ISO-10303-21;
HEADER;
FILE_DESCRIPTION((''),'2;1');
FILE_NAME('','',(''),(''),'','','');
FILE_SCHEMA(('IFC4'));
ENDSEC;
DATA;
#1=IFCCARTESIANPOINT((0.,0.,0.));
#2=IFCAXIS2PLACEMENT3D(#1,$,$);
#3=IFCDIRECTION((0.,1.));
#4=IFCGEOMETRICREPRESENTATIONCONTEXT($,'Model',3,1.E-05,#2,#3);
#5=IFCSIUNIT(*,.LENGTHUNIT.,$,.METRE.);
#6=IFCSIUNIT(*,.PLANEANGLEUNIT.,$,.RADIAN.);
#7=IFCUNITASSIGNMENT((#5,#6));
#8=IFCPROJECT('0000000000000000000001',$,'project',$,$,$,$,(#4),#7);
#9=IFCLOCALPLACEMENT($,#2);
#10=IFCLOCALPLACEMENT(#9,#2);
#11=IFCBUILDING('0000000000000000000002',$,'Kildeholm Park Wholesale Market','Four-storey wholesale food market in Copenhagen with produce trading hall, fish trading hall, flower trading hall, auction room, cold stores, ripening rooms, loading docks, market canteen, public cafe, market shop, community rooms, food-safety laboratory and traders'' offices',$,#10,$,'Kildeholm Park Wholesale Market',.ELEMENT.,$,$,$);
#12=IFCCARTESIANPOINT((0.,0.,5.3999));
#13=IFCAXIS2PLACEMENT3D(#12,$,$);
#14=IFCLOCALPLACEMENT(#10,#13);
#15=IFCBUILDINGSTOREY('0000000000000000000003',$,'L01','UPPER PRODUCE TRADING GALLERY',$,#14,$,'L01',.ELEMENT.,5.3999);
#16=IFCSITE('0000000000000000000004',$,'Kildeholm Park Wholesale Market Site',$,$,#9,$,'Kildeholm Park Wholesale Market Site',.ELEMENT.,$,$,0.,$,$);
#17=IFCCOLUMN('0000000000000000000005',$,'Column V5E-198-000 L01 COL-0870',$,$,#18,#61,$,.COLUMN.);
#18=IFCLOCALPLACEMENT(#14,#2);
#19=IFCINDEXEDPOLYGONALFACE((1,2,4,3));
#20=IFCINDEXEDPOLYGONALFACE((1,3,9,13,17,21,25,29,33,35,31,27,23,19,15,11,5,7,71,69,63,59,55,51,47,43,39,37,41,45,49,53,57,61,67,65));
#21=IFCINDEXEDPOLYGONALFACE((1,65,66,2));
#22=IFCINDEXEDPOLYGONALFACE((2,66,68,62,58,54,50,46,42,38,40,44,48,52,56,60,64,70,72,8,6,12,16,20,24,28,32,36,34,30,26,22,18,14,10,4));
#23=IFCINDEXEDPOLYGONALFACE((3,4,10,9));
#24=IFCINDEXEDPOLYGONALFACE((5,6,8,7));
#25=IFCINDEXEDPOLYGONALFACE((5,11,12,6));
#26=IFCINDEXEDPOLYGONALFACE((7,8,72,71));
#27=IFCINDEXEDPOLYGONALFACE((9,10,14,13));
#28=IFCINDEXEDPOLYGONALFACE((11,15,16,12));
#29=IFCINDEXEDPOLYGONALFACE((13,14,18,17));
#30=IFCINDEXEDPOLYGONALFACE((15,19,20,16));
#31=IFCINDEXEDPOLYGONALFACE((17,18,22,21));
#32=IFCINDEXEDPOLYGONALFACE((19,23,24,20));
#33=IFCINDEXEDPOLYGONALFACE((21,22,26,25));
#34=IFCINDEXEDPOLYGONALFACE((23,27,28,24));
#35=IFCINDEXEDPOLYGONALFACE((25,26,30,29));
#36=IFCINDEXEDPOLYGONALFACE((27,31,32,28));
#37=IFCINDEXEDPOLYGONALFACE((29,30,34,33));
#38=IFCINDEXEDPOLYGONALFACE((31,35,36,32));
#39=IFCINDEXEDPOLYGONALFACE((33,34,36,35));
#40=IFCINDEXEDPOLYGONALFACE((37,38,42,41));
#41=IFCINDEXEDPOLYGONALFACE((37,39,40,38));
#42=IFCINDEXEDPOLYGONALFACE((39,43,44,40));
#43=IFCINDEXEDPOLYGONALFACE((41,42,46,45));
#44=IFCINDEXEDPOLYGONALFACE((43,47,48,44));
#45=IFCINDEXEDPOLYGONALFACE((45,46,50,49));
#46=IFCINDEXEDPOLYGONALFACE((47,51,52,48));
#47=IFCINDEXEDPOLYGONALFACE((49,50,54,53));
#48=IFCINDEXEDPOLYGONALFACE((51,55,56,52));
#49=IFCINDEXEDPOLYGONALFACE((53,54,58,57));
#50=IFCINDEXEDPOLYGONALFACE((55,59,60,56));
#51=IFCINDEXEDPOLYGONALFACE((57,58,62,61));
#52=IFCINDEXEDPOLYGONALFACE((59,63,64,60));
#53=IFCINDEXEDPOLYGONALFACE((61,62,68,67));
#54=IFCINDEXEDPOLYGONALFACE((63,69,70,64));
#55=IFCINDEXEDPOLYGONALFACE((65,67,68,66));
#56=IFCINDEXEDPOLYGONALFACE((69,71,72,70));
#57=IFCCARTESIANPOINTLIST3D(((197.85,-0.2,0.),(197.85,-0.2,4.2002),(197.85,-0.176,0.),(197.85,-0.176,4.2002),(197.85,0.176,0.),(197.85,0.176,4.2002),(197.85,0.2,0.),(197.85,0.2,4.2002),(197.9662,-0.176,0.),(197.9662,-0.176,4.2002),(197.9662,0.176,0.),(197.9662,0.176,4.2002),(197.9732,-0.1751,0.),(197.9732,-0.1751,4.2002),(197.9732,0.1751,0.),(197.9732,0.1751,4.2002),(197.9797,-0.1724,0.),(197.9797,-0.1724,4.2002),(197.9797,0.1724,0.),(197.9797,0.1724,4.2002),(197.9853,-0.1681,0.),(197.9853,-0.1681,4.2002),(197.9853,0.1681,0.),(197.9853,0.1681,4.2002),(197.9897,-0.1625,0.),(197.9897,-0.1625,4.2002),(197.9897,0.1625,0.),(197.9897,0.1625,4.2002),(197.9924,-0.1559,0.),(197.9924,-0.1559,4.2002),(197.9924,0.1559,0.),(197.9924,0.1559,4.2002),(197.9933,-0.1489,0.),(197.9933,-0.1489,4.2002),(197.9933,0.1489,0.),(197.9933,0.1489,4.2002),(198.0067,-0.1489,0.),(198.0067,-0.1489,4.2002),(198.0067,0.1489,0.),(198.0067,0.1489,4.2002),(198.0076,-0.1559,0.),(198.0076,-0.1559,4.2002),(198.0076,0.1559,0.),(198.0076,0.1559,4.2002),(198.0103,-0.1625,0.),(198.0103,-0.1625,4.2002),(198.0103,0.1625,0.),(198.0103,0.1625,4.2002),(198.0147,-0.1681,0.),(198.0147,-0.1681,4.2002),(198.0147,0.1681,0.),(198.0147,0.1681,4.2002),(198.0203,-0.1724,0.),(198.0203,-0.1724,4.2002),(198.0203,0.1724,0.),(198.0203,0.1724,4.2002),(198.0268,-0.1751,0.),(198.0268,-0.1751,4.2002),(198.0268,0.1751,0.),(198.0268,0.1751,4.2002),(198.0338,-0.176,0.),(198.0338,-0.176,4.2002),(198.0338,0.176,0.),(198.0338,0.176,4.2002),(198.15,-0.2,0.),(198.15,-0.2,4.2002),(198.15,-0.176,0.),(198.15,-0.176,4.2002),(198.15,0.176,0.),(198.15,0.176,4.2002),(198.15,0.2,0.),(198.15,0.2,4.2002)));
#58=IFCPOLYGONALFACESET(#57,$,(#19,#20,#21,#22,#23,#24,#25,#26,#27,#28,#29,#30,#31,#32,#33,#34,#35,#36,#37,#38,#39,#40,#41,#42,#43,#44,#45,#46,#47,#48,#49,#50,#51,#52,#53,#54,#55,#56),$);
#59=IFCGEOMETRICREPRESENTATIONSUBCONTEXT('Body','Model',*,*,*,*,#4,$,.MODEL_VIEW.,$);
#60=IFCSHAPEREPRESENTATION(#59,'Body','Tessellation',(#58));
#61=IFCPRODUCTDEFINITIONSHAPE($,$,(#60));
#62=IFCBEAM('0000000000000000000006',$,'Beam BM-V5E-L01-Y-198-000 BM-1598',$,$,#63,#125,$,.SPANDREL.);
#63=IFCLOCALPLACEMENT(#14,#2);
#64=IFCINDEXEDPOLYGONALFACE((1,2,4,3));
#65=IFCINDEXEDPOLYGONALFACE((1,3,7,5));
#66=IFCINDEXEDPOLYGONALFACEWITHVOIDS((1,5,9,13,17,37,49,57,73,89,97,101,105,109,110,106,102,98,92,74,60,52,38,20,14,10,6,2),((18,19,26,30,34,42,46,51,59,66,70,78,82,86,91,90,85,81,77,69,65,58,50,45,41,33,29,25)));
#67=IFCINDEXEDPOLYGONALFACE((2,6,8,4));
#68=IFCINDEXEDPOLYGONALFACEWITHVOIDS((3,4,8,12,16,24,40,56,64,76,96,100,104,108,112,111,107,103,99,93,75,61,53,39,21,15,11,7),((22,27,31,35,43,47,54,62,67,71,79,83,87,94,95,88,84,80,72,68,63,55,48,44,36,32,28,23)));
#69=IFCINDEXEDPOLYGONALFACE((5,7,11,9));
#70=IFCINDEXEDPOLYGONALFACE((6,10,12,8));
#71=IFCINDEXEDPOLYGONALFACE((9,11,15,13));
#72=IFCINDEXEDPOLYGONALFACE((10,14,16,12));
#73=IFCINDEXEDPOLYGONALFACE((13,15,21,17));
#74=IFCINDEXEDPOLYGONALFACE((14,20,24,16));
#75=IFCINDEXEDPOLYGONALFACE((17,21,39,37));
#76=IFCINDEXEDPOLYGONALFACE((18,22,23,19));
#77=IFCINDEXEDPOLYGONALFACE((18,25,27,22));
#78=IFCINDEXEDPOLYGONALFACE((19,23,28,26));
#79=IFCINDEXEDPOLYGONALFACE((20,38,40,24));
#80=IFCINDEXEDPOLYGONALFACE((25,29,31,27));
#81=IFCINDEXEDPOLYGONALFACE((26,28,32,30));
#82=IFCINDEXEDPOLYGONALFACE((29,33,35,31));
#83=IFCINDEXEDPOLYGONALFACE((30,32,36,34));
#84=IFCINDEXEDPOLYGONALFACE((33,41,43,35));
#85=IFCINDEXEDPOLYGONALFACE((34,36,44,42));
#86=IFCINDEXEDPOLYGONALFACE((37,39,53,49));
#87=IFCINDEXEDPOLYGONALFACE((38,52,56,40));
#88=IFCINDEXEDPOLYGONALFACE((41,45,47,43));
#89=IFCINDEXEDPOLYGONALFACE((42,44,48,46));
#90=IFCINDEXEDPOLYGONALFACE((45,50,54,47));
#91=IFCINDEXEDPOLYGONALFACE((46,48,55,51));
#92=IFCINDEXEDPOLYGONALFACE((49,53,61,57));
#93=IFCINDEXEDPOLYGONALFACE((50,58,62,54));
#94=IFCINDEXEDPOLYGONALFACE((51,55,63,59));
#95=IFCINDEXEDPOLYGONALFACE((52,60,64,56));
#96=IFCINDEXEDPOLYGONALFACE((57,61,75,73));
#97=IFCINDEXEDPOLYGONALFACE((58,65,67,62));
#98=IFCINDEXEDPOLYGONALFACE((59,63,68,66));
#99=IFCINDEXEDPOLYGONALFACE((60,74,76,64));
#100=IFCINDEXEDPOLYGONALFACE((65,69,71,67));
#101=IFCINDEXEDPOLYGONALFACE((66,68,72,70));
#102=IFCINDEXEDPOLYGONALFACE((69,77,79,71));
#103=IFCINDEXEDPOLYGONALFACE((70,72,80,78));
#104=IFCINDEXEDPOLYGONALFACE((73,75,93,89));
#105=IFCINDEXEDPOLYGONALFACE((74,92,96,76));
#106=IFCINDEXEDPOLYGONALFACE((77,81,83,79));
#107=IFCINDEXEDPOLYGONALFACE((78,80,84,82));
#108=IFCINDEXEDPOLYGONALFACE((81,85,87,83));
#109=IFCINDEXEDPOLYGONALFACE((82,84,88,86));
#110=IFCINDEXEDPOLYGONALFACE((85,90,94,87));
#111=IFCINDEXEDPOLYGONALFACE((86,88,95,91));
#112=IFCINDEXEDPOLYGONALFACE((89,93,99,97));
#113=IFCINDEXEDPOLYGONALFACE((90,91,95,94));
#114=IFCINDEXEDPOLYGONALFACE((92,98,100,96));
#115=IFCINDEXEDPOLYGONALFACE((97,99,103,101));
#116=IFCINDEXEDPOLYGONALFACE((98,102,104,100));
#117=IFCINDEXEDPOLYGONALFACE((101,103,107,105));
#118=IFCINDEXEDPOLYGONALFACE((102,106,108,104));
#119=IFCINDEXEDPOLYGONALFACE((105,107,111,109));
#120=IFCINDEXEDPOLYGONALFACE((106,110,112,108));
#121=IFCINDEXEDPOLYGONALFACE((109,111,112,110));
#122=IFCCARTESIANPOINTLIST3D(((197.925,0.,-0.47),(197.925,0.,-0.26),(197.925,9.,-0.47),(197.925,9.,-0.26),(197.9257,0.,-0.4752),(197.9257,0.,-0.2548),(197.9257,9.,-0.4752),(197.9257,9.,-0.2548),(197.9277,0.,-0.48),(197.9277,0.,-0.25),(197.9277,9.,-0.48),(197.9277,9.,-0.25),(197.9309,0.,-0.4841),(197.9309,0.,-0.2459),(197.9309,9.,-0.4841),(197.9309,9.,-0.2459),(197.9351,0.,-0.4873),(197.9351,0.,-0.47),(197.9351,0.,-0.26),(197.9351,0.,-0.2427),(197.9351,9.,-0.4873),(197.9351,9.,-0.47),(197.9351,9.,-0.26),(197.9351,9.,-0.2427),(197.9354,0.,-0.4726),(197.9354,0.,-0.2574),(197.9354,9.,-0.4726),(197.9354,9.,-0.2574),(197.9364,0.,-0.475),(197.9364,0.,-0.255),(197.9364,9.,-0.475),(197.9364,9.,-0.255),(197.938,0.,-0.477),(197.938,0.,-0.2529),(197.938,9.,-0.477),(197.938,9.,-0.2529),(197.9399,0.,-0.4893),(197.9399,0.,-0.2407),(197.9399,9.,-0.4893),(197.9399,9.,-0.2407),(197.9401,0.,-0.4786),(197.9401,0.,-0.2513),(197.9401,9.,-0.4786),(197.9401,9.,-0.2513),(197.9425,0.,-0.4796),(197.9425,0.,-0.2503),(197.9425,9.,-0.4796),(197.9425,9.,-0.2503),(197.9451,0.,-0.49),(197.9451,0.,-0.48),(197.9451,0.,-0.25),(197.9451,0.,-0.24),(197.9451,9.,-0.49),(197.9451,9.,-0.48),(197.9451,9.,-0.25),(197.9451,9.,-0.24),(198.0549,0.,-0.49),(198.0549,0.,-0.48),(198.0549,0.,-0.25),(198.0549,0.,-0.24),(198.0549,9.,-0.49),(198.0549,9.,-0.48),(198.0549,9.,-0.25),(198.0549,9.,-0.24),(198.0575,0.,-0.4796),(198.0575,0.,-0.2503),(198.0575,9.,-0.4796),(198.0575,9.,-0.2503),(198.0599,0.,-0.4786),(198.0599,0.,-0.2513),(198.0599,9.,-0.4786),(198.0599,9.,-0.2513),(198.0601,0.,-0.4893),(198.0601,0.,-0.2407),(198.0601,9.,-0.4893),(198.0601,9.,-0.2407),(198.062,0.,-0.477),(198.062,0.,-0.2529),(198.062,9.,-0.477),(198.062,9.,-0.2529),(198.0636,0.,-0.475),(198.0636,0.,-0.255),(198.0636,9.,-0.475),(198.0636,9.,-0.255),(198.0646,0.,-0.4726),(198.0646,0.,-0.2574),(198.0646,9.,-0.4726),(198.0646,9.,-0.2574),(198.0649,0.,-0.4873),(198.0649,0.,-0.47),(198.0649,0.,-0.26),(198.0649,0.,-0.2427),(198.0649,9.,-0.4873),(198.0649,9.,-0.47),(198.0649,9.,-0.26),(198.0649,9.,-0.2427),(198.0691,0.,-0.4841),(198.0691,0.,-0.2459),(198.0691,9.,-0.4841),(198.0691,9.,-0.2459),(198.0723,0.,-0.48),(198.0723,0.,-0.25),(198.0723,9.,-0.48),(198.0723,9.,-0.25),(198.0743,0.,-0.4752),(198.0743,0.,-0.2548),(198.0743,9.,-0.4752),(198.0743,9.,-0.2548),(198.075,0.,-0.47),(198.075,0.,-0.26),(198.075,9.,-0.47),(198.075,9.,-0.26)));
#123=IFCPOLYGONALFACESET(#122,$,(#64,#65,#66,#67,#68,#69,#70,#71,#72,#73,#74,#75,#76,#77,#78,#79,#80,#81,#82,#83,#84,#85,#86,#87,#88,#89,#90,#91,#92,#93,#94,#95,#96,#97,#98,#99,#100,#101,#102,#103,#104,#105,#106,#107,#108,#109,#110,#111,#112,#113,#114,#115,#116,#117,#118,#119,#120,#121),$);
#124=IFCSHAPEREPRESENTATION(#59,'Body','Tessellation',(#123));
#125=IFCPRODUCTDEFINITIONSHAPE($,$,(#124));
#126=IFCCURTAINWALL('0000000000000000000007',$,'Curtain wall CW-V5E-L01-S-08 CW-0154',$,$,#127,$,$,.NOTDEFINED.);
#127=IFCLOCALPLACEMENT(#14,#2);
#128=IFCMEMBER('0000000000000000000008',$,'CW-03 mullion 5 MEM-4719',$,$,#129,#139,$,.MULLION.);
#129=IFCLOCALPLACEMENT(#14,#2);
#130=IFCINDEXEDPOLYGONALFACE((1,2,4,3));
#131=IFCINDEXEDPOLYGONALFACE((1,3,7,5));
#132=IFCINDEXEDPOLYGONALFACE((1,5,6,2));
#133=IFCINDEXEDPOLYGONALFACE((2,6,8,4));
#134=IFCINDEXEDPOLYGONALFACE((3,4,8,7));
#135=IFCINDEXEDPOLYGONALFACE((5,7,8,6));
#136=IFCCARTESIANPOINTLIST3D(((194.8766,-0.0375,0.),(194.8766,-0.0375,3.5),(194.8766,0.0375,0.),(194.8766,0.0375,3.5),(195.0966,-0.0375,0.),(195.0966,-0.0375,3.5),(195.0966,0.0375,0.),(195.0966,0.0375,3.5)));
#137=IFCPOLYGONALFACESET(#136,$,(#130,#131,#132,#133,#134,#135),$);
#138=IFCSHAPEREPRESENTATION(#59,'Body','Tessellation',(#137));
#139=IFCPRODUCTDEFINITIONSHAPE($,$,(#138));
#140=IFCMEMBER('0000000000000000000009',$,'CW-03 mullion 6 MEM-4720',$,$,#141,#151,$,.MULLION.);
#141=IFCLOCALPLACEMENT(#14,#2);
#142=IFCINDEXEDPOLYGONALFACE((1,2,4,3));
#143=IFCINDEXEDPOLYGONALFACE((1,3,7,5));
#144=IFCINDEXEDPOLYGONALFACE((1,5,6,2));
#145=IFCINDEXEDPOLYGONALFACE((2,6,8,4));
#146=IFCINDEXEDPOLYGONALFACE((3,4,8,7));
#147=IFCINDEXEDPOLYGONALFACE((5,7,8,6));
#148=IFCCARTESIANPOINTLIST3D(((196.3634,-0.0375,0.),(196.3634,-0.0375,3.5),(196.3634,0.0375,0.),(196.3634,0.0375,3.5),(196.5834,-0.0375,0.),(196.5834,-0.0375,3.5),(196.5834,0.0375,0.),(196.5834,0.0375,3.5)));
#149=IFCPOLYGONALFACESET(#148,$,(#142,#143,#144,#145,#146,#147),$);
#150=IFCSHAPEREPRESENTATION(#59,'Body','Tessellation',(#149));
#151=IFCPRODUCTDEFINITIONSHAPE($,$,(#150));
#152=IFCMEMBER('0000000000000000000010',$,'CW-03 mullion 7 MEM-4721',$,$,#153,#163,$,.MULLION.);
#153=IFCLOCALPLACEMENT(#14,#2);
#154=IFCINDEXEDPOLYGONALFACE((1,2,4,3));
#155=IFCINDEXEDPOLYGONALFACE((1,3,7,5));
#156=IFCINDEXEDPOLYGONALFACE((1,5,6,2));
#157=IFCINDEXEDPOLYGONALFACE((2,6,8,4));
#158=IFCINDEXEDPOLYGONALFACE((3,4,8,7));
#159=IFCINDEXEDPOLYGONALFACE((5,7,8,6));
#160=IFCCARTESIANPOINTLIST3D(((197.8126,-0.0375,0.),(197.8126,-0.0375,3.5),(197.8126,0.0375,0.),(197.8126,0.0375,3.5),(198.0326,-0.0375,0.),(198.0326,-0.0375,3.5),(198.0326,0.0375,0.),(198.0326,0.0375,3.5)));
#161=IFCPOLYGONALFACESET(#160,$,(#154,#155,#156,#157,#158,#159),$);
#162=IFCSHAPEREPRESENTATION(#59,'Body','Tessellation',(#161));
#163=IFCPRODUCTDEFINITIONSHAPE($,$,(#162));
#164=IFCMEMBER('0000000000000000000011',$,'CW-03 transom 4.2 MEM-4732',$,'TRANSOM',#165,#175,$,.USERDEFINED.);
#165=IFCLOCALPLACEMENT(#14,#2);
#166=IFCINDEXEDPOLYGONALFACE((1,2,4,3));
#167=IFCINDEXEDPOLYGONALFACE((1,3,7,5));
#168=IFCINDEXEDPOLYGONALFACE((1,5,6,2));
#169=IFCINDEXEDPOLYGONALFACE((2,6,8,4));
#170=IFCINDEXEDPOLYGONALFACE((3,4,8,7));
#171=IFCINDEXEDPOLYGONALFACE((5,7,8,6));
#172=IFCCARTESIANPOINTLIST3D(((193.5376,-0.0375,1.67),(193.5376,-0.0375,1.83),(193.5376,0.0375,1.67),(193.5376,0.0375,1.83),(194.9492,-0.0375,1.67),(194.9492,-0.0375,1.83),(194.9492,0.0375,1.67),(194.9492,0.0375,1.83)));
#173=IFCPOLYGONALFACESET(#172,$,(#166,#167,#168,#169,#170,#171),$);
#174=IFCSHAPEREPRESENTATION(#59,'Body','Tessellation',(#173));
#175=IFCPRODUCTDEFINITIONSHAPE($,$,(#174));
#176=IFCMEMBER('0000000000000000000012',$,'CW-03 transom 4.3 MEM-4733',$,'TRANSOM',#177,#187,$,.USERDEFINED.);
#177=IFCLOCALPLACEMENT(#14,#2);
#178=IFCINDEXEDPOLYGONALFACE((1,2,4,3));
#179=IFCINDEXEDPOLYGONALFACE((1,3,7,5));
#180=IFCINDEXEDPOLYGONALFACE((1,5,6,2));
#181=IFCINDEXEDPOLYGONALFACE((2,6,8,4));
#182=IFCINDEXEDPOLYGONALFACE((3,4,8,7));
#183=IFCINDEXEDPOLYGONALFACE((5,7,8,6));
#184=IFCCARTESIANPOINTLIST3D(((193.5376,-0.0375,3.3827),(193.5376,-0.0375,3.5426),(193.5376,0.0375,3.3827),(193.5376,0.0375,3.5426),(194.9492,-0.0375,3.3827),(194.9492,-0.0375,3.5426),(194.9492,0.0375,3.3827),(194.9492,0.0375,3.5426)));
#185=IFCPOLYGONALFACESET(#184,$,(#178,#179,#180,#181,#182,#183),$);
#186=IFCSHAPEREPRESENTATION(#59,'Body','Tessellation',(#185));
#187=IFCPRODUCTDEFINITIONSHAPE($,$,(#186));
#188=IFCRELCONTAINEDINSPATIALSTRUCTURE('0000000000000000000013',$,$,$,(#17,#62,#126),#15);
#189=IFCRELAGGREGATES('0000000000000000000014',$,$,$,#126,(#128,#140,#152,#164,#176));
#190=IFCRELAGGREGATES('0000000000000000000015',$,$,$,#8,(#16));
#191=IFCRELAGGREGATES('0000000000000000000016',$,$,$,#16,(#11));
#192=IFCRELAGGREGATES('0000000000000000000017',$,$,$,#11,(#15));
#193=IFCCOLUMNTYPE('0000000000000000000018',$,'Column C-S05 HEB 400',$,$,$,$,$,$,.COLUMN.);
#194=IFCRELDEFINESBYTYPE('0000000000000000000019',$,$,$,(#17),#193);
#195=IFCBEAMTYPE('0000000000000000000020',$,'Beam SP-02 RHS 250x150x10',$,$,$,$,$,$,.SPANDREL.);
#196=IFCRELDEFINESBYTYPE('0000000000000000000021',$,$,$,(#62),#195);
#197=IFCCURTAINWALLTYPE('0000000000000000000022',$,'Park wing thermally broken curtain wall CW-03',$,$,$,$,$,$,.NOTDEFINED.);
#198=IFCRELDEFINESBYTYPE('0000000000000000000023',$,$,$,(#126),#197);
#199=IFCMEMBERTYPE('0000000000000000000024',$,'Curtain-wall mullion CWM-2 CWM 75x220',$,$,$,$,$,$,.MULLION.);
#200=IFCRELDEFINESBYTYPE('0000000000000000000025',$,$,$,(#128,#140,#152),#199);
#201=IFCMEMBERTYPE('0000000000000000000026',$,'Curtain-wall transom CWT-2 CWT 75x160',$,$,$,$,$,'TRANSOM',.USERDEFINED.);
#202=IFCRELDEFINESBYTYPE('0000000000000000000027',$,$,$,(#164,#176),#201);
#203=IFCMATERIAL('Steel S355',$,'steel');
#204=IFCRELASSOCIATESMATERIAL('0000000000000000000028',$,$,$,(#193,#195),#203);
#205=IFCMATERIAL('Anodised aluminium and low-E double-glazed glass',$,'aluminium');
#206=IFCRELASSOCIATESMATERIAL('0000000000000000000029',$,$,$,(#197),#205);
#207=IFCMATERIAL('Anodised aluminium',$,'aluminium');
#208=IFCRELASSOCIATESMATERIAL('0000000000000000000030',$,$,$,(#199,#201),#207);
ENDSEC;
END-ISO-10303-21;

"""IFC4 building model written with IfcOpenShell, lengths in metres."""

from ifc_helpers import new_model, si_unit, direction, frame, origin, origin_2d, place, context, subcontext, project, spatial, rectangle, hollow_rectangle, i_section, extrude, material, material_profile, profile_set, type_object, element, aggregate, save


model = new_model("IFC4")

# Units and contexts
model_context = context("Model", 3, precision=1e-05, world=origin(), true_north=direction((0.0, 1.0)))
body_context = subcontext(model_context, "Body", "Model", "MODEL_VIEW")
ifc_project = project(units=[si_unit("LENGTHUNIT", "METRE"), si_unit("PLANEANGLEUNIT", "RADIAN")], contexts=[model_context])

# Site, building, storey
site_placement = place(None, origin())
site = spatial("IfcSite", under=ifc_project, at=site_placement, Name="Kildeholm Park Wholesale Market Site", LongName="Kildeholm Park Wholesale Market Site", CompositionType="ELEMENT", RefElevation=0.0)
building_placement = place(site_placement, origin())
building = spatial("IfcBuilding", under=site, at=building_placement, Name="Kildeholm Park Wholesale Market", Description="Four-storey wholesale food market in Copenhagen with produce trading hall, fish trading hall, flower trading hall, auction room, cold stores, ripening rooms, loading docks, market canteen, public cafe, market shop, community rooms, food-safety laboratory and traders' offices", LongName="Kildeholm Park Wholesale Market", CompositionType="ELEMENT")
storey_placement = place(building_placement, frame((0.0, 0.0, 5.3999)))
storey = spatial("IfcBuildingStorey", under=building, at=storey_placement, Name="L01", Description="UPPER PRODUCE TRADING GALLERY", LongName="L01", CompositionType="ELEMENT", Elevation=5.3999)

# Column
ifc_material_1 = material(Name="Steel S355", Category="steel")
ifc_material_profile_1 = material_profile(ifc_material_1, i_section(OverallWidth=0.3, OverallDepth=0.3999, WebThickness=0.0134, FlangeThickness=0.0239, FilletRadius=0.0271, at=origin_2d()), Name="HEB 400")
ifc_profile_set_1 = profile_set([ifc_material_profile_1], Name="Steel S355")
column_type = type_object("IfcColumnType", Name="Column C-S05 HEB 400", PredefinedType="COLUMN", material=ifc_profile_set_1)
column_placement = place(storey_placement, frame((198.0, 0.0, 0.0), z_axis=(0.0, 0.0, 1.0), x_axis=(1.0, 0.0, 0.0)))
element("IfcColumn", 1, at=column_placement, inside=storey, type_object=column_type, Name="Column V5E-198-000 L01 COL-0870", PredefinedType="COLUMN", context=body_context, shape_type="SweptSolid", body=[
    extrude(i_section(OverallWidth=0.3, OverallDepth=0.3999, WebThickness=0.0134, FlangeThickness=0.0239, FilletRadius=0.0271, at=origin_2d()), origin(), (0.0, 0.0, 1.0), 4.2002),
])

# Beam
ifc_material_profile_2 = material_profile(ifc_material_1, hollow_rectangle(XDim=0.1499, YDim=0.25, WallThickness=0.01, InnerFilletRadius=0.01, OuterFilletRadius=0.02, at=origin_2d()), Name="RHS 250x150x10")
ifc_profile_set_2 = profile_set([ifc_material_profile_2], Name="Steel S355")
beam_type = type_object("IfcBeamType", Name="Beam SP-02 RHS 250x150x10", PredefinedType="SPANDREL", material=ifc_profile_set_2)
beam_placement = place(storey_placement, frame((198.0, 0.0, -0.365), z_axis=(0.0, 1.0, 0.0), x_axis=(-1.0, 0.0, 0.0)))
element("IfcBeam", 2, at=beam_placement, inside=storey, type_object=beam_type, Name="Beam BM-V5E-L01-Y-198-000 BM-1598", PredefinedType="SPANDREL", context=body_context, shape_type="SweptSolid", body=[
    extrude(hollow_rectangle(XDim=0.1499, YDim=0.25, WallThickness=0.01, InnerFilletRadius=0.01, OuterFilletRadius=0.02, at=origin_2d()), origin(), (0.0, 0.0, 1.0), 9.0),
])

# Curtain wall, members
ifc_material_2 = material(Name="Anodised aluminium and low-E double-glazed glass", Category="aluminium")
curtain_wall_type = type_object("IfcCurtainWallType", Name="Park wing thermally broken curtain wall CW-03", PredefinedType="NOTDEFINED", material=ifc_material_2)
curtain_wall_placement = place(storey_placement, origin())
curtain_wall = element("IfcCurtainWall", 3, at=curtain_wall_placement, inside=storey, type_object=curtain_wall_type, Name="Curtain wall CW-V5E-L01-S-08 CW-0154", PredefinedType="NOTDEFINED")
ifc_material_3 = material(Name="Anodised aluminium", Category="aluminium")
ifc_material_profile_3 = material_profile(ifc_material_3, rectangle(XDim=0.075, YDim=0.22, at=origin_2d()), Name="CWM 75x220")
ifc_profile_set_3 = profile_set([ifc_material_profile_3], Name="Anodised aluminium")
member_type_1 = type_object("IfcMemberType", Name="Curtain-wall mullion CWM-2 CWM 75x220", PredefinedType="MULLION", material=ifc_profile_set_3)
member_1_placement = place(storey_placement, frame((194.9866, 0.0, 0.0), z_axis=(0.0, 0.0, 1.0), x_axis=(0.0, 1.0, 0.0)))
member_1 = element("IfcMember", 4, at=member_1_placement, type_object=member_type_1, Name="CW-03 mullion 5 MEM-4719", PredefinedType="MULLION", context=body_context, shape_type="SweptSolid", body=[
    extrude(rectangle(XDim=0.075, YDim=0.22, at=origin_2d()), origin(), (0.0, 0.0, 1.0), 3.5),
])
member_2_placement = place(storey_placement, frame((196.4734, 0.0, 0.0), z_axis=(0.0, 0.0, 1.0), x_axis=(0.0, 1.0, 0.0)))
member_2 = element("IfcMember", 5, at=member_2_placement, type_object=member_type_1, Name="CW-03 mullion 6 MEM-4720", PredefinedType="MULLION", context=body_context, shape_type="SweptSolid", body=[
    extrude(rectangle(XDim=0.075, YDim=0.22, at=origin_2d()), origin(), (0.0, 0.0, 1.0), 3.5),
])
member_3_placement = place(storey_placement, frame((197.9226, 0.0, 0.0), z_axis=(0.0, 0.0, 1.0), x_axis=(0.0, 1.0, 0.0)))
member_3 = element("IfcMember", 6, at=member_3_placement, type_object=member_type_1, Name="CW-03 mullion 7 MEM-4721", PredefinedType="MULLION", context=body_context, shape_type="SweptSolid", body=[
    extrude(rectangle(XDim=0.075, YDim=0.22, at=origin_2d()), origin(), (0.0, 0.0, 1.0), 3.5),
])
ifc_material_profile_4 = material_profile(ifc_material_3, rectangle(XDim=0.075, YDim=0.1599, at=origin_2d()), Name="CWT 75x160")
ifc_profile_set_4 = profile_set([ifc_material_profile_4], Name="Anodised aluminium")
member_type_2 = type_object("IfcMemberType", Name="Curtain-wall transom CWT-2 CWT 75x160", ElementType="TRANSOM", PredefinedType="USERDEFINED", material=ifc_profile_set_4)
member_4_placement = place(storey_placement, frame((193.5376, 0.0, 1.75), z_axis=(1.0, 0.0, 0.0), x_axis=(0.0, 1.0, 0.0)))
member_4 = element("IfcMember", 7, at=member_4_placement, type_object=member_type_2, Name="CW-03 transom 4.2 MEM-4732", ObjectType="TRANSOM", PredefinedType="USERDEFINED", context=body_context, shape_type="SweptSolid", body=[
    extrude(rectangle(XDim=0.075, YDim=0.1599, at=origin_2d()), origin(), (0.0, 0.0, 1.0), 1.4116),
])
member_5_placement = place(storey_placement, frame((193.5376, 0.0, 3.4626), z_axis=(1.0, 0.0, 0.0), x_axis=(0.0, 1.0, 0.0)))
member_5 = element("IfcMember", 8, at=member_5_placement, type_object=member_type_2, Name="CW-03 transom 4.3 MEM-4733", ObjectType="TRANSOM", PredefinedType="USERDEFINED", context=body_context, shape_type="SweptSolid", body=[
    extrude(rectangle(XDim=0.075, YDim=0.1599, at=origin_2d()), origin(), (0.0, 0.0, 1.0), 1.4116),
])
aggregate(curtain_wall, [member_1, member_2, member_3, member_4, member_5])

save(model, "model.ifc")
